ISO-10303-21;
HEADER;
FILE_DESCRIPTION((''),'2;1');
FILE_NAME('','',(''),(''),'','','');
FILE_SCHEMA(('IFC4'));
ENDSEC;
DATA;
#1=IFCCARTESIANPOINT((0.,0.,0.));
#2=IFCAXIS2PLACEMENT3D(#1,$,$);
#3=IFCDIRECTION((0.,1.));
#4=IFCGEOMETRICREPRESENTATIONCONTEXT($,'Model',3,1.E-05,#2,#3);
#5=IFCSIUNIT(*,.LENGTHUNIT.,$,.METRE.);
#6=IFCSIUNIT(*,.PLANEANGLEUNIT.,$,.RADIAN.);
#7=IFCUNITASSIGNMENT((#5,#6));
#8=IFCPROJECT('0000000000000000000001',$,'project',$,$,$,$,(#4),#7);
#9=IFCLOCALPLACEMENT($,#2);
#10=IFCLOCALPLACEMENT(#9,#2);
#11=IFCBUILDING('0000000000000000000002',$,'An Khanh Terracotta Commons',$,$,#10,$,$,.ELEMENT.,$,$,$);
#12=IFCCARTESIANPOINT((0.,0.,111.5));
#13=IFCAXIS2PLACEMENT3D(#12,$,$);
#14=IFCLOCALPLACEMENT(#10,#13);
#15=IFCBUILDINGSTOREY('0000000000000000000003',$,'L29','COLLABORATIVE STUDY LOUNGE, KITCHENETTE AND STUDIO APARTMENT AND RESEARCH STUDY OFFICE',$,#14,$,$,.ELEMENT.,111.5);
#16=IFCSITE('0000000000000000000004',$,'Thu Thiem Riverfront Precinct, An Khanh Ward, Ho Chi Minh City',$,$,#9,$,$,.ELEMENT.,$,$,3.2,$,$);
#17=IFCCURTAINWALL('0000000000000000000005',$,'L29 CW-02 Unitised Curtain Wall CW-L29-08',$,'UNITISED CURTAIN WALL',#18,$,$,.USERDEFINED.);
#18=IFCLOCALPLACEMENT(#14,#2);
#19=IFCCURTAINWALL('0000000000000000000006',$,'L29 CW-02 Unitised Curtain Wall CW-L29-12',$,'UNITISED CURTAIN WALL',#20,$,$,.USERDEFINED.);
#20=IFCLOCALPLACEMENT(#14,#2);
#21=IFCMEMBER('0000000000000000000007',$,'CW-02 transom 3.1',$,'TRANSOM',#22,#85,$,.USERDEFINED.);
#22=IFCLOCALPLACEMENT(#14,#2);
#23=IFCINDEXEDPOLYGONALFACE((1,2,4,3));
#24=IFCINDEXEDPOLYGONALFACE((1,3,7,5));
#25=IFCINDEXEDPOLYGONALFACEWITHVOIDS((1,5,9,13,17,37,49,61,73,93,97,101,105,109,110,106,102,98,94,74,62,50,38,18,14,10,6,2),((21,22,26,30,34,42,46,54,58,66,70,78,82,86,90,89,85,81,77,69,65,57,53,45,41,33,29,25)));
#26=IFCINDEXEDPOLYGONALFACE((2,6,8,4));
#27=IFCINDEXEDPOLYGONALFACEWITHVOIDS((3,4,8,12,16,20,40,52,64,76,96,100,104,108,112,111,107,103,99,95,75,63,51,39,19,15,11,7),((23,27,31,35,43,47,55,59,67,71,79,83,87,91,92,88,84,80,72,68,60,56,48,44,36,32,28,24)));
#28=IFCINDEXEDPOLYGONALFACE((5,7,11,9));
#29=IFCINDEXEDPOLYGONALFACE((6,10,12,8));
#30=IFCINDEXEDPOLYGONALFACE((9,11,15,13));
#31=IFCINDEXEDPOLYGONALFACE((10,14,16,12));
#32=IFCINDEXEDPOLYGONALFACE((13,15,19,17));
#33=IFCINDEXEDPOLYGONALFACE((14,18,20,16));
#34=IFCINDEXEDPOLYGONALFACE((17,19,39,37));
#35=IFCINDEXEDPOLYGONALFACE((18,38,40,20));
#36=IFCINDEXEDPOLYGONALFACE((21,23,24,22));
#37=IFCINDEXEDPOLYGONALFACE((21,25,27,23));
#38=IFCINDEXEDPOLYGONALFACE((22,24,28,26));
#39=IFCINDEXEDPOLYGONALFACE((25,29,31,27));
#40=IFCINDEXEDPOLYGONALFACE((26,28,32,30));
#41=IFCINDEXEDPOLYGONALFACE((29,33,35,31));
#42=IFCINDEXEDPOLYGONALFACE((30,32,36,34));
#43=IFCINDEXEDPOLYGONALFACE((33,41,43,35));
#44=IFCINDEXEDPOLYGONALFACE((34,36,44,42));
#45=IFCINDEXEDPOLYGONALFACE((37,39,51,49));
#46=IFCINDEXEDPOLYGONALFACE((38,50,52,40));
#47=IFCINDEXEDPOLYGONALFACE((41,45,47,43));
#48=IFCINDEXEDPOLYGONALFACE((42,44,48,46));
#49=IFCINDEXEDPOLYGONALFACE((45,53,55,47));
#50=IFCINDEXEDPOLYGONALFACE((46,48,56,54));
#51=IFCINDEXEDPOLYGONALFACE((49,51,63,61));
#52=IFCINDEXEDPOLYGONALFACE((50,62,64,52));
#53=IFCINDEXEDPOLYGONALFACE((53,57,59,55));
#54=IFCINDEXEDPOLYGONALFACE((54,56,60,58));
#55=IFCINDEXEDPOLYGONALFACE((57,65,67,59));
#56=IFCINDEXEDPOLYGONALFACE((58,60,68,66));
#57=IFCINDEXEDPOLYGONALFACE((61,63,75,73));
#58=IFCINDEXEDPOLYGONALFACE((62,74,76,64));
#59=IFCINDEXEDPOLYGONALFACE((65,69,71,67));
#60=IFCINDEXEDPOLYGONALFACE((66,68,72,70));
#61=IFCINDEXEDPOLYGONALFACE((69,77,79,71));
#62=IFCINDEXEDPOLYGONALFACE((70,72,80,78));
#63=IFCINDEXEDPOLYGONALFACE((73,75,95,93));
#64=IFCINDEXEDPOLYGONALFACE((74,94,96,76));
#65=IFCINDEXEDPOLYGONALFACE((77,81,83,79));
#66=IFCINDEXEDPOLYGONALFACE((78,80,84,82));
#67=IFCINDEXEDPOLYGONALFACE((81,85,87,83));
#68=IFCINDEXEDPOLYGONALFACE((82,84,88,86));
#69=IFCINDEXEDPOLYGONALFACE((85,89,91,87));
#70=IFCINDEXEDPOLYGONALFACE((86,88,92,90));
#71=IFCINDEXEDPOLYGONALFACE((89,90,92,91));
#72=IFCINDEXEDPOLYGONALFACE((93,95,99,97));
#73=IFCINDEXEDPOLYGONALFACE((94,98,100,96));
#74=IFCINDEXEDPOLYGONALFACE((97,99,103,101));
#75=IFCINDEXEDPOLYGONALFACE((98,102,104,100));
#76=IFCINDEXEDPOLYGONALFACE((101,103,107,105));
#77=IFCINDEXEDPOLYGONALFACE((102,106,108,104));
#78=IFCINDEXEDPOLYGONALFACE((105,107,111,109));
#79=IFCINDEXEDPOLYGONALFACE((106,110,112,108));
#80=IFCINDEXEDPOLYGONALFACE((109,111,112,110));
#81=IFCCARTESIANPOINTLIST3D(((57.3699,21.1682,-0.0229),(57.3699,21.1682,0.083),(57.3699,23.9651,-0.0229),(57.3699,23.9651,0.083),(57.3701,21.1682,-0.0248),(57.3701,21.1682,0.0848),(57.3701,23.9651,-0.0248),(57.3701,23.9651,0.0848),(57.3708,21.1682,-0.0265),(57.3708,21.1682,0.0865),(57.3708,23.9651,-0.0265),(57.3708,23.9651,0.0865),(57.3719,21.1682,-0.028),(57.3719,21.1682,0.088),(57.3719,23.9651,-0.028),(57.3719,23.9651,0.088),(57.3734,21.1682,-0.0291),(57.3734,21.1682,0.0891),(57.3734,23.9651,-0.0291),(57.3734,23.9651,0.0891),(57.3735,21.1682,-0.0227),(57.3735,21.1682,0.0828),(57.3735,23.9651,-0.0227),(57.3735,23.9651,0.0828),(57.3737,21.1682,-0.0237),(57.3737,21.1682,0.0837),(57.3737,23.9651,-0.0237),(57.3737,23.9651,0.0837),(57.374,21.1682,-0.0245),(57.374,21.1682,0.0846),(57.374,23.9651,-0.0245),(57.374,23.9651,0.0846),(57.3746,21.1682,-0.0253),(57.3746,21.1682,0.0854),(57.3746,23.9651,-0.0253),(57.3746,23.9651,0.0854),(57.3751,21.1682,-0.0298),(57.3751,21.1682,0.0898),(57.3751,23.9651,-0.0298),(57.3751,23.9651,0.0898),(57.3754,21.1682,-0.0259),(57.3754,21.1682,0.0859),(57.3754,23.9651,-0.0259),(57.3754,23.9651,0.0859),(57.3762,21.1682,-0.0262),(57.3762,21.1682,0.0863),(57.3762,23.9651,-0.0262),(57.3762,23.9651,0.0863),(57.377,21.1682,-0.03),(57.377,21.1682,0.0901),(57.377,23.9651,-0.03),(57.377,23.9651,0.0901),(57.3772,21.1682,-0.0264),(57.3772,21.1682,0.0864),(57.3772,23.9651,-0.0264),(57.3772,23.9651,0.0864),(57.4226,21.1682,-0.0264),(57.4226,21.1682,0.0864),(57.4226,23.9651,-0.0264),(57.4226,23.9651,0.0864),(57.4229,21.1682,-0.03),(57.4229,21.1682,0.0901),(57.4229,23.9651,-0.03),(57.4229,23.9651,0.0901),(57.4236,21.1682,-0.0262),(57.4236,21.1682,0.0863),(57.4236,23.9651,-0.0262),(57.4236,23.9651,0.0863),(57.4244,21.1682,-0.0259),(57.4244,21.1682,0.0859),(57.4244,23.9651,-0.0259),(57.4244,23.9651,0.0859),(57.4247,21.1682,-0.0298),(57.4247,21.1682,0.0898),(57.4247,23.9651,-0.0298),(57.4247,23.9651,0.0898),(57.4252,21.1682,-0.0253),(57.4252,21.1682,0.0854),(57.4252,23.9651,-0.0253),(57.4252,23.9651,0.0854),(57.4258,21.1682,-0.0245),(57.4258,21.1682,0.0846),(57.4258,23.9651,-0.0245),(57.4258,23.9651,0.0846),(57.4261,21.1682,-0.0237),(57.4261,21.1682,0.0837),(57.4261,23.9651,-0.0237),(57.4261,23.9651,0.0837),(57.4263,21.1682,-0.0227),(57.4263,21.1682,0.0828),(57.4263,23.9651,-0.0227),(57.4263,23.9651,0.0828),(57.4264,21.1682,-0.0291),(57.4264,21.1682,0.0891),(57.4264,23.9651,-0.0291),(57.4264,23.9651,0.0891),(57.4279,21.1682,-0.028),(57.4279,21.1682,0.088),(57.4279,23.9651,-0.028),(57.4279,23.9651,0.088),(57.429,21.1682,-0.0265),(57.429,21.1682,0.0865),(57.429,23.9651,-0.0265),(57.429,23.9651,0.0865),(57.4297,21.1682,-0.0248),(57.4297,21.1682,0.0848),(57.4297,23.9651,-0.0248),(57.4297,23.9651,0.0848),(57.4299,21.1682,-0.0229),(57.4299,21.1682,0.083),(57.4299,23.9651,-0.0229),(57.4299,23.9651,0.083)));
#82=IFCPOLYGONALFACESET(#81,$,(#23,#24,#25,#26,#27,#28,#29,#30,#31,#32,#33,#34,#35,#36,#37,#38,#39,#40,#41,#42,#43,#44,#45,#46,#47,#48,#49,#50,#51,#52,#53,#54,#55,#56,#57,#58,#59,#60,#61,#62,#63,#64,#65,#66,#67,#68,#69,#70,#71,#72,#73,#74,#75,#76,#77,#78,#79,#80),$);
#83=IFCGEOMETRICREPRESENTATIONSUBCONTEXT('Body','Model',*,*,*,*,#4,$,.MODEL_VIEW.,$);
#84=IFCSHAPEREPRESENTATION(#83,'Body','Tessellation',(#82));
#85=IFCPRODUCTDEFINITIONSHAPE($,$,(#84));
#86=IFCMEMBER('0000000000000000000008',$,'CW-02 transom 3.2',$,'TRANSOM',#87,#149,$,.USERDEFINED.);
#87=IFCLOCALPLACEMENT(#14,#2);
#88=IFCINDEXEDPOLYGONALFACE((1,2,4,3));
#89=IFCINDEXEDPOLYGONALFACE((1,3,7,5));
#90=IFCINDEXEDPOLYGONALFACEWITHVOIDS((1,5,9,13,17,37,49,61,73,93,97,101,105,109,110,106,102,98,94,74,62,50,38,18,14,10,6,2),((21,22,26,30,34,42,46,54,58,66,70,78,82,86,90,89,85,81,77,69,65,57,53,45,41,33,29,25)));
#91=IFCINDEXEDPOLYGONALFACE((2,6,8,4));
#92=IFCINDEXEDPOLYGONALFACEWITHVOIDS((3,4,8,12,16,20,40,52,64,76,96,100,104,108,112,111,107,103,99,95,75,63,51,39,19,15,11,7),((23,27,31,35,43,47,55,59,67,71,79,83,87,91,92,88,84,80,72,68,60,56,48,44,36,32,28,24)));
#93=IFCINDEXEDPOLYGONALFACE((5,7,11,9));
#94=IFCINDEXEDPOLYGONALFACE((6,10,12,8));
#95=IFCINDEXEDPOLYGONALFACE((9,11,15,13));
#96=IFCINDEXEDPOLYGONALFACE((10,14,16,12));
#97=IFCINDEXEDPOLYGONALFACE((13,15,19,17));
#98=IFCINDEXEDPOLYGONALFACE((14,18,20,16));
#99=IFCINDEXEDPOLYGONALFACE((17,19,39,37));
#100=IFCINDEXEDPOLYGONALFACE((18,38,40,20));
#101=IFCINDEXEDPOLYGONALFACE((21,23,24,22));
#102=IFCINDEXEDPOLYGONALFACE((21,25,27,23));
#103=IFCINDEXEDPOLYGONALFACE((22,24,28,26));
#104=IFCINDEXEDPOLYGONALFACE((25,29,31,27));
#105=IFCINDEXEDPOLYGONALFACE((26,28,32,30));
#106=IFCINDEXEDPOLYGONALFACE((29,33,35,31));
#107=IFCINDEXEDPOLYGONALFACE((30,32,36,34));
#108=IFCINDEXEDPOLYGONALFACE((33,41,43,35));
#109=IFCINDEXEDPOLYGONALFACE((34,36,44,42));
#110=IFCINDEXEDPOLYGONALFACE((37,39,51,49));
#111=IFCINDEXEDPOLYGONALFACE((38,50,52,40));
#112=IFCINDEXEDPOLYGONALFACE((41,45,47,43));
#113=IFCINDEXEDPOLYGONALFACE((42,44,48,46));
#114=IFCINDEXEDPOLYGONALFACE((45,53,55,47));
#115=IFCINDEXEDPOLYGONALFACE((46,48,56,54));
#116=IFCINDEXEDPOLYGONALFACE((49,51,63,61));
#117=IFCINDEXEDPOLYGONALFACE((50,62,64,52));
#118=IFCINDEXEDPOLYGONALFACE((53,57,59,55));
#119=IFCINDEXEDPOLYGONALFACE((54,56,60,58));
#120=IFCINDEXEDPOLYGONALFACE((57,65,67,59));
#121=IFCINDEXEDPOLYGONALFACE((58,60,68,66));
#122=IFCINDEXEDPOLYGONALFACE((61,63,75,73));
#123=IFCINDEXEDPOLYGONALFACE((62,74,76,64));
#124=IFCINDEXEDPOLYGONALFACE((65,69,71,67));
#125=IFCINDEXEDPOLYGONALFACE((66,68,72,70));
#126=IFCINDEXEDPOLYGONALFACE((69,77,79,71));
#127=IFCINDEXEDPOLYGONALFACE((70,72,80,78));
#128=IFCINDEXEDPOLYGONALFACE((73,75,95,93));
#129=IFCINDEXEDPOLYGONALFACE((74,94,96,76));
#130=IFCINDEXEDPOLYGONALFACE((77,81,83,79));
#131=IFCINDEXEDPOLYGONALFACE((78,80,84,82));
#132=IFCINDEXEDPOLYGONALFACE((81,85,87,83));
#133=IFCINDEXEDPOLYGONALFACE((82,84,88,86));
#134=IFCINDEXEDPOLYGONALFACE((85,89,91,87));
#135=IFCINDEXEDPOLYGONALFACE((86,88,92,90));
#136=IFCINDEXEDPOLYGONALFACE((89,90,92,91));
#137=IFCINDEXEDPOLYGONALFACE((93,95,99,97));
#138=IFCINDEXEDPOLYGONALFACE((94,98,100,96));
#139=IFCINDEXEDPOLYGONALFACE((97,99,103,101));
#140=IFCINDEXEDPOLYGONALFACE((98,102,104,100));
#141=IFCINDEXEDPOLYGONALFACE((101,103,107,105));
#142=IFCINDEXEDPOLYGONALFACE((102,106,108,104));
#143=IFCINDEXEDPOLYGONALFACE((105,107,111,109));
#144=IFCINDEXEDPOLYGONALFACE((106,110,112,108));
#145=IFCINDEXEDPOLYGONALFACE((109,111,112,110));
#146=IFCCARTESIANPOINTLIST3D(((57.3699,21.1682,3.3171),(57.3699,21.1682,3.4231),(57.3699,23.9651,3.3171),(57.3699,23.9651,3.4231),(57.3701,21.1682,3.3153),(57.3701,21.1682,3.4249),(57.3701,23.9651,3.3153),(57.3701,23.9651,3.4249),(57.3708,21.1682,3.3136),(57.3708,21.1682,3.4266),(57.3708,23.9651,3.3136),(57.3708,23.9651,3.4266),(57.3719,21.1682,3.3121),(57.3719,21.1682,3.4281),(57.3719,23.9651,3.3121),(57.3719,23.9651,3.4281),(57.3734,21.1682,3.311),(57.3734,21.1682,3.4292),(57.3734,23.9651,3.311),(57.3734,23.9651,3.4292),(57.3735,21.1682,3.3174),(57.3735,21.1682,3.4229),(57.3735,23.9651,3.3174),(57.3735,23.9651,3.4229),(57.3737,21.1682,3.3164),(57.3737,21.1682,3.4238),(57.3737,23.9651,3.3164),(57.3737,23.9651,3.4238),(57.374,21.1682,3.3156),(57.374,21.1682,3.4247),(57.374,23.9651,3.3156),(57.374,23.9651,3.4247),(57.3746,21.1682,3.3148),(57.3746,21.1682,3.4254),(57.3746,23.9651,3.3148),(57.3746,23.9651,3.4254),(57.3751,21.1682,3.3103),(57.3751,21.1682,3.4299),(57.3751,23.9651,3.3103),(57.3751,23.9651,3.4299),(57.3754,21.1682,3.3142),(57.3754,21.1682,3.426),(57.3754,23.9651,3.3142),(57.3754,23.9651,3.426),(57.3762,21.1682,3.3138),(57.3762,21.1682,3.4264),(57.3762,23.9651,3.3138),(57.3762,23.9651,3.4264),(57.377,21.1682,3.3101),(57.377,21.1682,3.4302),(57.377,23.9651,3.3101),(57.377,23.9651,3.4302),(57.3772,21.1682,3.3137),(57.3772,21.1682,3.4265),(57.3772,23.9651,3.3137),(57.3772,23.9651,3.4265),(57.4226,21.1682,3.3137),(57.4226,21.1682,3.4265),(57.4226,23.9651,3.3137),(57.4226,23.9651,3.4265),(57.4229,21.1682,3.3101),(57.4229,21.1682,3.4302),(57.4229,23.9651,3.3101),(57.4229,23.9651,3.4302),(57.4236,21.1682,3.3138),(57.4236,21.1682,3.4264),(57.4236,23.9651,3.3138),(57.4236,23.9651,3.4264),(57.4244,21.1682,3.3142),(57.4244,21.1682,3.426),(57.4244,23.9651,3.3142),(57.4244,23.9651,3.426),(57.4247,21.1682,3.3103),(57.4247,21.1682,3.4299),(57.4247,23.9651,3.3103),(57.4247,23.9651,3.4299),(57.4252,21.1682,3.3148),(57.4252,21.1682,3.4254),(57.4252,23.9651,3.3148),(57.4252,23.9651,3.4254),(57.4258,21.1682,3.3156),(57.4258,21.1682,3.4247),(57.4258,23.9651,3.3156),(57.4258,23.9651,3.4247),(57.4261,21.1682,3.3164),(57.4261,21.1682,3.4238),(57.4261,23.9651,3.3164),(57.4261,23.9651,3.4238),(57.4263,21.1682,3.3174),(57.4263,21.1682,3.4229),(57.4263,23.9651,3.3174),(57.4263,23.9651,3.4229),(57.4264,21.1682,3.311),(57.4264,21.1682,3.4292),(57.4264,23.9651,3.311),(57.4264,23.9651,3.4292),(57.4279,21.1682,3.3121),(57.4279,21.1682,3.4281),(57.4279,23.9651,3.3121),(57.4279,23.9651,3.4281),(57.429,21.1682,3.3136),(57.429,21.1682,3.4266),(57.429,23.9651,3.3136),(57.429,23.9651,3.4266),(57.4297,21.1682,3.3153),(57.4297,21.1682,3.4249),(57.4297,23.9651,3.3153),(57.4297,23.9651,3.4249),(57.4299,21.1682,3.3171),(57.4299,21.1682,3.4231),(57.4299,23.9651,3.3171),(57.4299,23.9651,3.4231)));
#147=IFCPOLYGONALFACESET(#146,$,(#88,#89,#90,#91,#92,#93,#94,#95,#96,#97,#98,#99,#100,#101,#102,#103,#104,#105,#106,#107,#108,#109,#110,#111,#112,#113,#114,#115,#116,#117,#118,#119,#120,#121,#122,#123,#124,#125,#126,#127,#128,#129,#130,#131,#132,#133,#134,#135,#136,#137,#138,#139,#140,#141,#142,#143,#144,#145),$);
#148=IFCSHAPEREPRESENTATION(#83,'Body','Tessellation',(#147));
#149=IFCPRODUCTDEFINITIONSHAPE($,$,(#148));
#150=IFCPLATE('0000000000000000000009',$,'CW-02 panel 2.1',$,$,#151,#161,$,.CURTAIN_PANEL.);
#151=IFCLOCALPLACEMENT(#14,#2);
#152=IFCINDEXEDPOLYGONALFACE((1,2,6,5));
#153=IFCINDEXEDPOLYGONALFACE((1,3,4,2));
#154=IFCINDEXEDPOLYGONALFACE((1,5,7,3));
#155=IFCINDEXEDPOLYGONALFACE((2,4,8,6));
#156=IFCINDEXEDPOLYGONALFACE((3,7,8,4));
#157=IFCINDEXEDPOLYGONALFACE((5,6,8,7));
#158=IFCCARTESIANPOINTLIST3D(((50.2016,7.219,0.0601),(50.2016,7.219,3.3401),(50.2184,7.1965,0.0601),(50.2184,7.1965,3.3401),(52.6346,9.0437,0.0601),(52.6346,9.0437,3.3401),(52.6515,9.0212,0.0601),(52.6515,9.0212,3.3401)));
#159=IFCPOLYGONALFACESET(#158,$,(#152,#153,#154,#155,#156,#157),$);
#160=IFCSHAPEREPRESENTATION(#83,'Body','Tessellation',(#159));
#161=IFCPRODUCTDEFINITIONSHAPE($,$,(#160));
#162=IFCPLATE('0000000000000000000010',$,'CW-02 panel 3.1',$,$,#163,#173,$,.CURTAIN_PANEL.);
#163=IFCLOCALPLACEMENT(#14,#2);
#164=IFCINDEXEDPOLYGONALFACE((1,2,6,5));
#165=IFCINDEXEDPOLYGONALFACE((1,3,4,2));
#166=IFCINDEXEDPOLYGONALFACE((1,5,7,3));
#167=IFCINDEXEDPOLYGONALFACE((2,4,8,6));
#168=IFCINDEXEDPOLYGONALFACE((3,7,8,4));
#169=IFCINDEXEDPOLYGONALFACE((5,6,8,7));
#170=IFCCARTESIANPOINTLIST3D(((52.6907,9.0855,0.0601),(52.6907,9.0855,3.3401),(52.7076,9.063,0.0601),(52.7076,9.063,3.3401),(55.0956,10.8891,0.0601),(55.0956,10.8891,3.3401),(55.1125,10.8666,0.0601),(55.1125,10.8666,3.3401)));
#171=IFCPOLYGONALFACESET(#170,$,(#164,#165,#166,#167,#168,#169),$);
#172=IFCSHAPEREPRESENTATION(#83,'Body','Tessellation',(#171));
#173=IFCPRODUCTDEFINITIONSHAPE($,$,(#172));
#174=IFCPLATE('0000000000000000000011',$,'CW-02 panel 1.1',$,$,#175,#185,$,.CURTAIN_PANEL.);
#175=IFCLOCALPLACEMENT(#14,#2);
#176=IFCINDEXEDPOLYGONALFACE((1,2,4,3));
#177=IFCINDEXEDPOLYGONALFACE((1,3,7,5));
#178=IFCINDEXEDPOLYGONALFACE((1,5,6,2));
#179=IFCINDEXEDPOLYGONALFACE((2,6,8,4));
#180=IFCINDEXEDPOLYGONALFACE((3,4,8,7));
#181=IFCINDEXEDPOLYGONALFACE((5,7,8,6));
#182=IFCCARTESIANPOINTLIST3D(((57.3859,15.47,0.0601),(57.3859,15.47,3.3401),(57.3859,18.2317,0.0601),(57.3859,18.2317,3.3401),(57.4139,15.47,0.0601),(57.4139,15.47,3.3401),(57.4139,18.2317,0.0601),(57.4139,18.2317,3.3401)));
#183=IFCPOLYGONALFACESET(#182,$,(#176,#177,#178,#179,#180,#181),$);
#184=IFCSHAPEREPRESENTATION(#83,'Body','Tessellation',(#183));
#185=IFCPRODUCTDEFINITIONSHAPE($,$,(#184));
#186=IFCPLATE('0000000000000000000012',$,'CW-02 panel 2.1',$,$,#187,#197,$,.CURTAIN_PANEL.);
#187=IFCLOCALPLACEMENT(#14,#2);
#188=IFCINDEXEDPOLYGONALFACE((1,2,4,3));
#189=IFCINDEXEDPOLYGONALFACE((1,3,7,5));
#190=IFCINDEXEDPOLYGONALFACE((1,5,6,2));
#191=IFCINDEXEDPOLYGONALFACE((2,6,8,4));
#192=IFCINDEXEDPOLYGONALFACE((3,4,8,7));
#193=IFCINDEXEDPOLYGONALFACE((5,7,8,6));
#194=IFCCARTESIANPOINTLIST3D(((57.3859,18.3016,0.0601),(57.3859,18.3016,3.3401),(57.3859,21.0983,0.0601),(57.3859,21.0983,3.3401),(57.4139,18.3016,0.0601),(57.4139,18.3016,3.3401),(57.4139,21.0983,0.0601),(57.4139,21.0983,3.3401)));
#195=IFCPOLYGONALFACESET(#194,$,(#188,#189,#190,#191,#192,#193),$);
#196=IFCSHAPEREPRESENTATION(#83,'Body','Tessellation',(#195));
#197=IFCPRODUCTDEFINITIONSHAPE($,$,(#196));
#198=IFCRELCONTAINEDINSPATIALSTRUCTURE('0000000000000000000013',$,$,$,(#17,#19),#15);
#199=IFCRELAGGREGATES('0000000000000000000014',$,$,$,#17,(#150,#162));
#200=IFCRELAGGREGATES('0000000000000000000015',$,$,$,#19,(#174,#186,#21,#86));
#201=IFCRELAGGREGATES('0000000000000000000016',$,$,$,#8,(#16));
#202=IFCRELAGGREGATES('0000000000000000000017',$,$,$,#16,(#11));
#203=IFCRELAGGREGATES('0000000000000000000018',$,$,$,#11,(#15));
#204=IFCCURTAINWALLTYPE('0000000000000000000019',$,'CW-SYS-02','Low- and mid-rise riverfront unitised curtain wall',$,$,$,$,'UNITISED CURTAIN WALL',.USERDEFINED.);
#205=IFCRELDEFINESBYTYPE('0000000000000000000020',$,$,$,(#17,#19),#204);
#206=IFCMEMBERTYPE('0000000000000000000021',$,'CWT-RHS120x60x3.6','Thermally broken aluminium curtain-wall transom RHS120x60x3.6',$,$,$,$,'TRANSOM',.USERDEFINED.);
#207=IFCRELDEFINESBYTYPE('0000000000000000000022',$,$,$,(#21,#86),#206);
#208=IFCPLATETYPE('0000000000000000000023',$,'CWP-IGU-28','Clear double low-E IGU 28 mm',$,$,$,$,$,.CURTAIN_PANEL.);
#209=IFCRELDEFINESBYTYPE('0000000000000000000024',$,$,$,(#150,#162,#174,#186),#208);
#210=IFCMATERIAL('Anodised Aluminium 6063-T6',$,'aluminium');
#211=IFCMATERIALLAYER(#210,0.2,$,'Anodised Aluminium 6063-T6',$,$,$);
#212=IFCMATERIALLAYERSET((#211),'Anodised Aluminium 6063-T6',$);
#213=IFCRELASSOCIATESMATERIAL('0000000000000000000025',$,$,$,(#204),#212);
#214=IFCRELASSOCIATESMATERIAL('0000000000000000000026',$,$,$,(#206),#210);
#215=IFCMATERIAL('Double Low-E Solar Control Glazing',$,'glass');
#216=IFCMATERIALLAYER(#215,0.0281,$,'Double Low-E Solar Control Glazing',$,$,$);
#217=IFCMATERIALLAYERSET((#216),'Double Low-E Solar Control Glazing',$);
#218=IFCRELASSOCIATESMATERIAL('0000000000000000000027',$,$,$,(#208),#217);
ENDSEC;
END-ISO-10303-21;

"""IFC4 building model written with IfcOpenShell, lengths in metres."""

from ifc_helpers import new_model, si_unit, direction, frame, origin, origin_2d, place, context, subcontext, project, spatial, rectangle, hollow_rectangle, extrude, material, layer, layer_set, material_profile, profile_set, type_object, element, aggregate, save


model = new_model("IFC4")

# Units and contexts
model_context = context("Model", 3, precision=1e-05, world=origin(), true_north=direction((0.0, 1.0)))
body_context = subcontext(model_context, "Body", "Model", "MODEL_VIEW")
ifc_project = project(units=[si_unit("LENGTHUNIT", "METRE"), si_unit("PLANEANGLEUNIT", "RADIAN")], contexts=[model_context])

# Site, building, storey
site_placement = place(None, origin())
site = spatial("IfcSite", under=ifc_project, at=site_placement, Name="Thu Thiem Riverfront Precinct, An Khanh Ward, Ho Chi Minh City", CompositionType="ELEMENT", RefElevation=3.2)
building_placement = place(site_placement, origin())
building = spatial("IfcBuilding", under=site, at=building_placement, Name="An Khanh Terracotta Commons", CompositionType="ELEMENT")
storey_placement = place(building_placement, frame((0.0, 0.0, 111.5)))
storey = spatial("IfcBuildingStorey", under=building, at=storey_placement, Name="L29", Description="COLLABORATIVE STUDY LOUNGE, KITCHENETTE AND STUDIO APARTMENT AND RESEARCH STUDY OFFICE", CompositionType="ELEMENT", Elevation=111.5)

# Curtain walls
ifc_material_1 = material(Name="Anodised Aluminium 6063-T6", Category="aluminium")
ifc_layer_1 = layer(ifc_material_1, 0.2, Name="Anodised Aluminium 6063-T6")
ifc_layer_set_1 = layer_set([ifc_layer_1], Name="Anodised Aluminium 6063-T6")
curtain_wall_type = type_object("IfcCurtainWallType", Name="CW-SYS-02", Description="Low- and mid-rise riverfront unitised curtain wall", ElementType="UNITISED CURTAIN WALL", PredefinedType="USERDEFINED", material=ifc_layer_set_1)
curtain_wall_1_placement = place(storey_placement, origin())
curtain_wall_1 = element("IfcCurtainWall", 1, at=curtain_wall_1_placement, inside=storey, type_object=curtain_wall_type, Name="L29 CW-02 Unitised Curtain Wall CW-L29-08", ObjectType="UNITISED CURTAIN WALL", PredefinedType="USERDEFINED")
curtain_wall_2_placement = place(storey_placement, origin())
curtain_wall_2 = element("IfcCurtainWall", 2, at=curtain_wall_2_placement, inside=storey, type_object=curtain_wall_type, Name="L29 CW-02 Unitised Curtain Wall CW-L29-12", ObjectType="UNITISED CURTAIN WALL", PredefinedType="USERDEFINED")

# Members
ifc_material_profile_1 = material_profile(ifc_material_1, hollow_rectangle(XDim=0.0601, YDim=0.1201, WallThickness=0.0037, InnerFilletRadius=0.0037, OuterFilletRadius=0.0071, at=origin_2d()), Name="RHS120x60x3.6")
ifc_profile_set_1 = profile_set([ifc_material_profile_1], Name="Anodised Aluminium 6063-T6")
member_type_1 = type_object("IfcMemberType", Name="CWT-RHS120x60x3.6", Description="Thermally broken aluminium curtain-wall transom RHS120x60x3.6", ElementType="TRANSOM", PredefinedType="USERDEFINED", material=ifc_profile_set_1)
member_1_placement = place(storey_placement, frame((57.3999, 21.1682, 0.03), z_axis=(0.0, 1.0, 0.0), x_axis=(-1.0, 0.0, 0.0)))
member_1 = element("IfcMember", 3, at=member_1_placement, type_object=member_type_1, Name="CW-02 transom 3.1", ObjectType="TRANSOM", PredefinedType="USERDEFINED", context=body_context, shape_type="SweptSolid", body=[
    extrude(hollow_rectangle(XDim=0.0601, YDim=0.1201, WallThickness=0.0037, InnerFilletRadius=0.0037, OuterFilletRadius=0.0071, at=origin_2d()), origin(), (0.0, 0.0, 1.0), 2.7969),
])
member_2_placement = place(storey_placement, frame((57.3999, 21.1682, 3.3701), z_axis=(0.0, 1.0, 0.0), x_axis=(-1.0, 0.0, 0.0)))
member_2 = element("IfcMember", 4, at=member_2_placement, type_object=member_type_1, Name="CW-02 transom 3.2", ObjectType="TRANSOM", PredefinedType="USERDEFINED", context=body_context, shape_type="SweptSolid", body=[
    extrude(hollow_rectangle(XDim=0.0601, YDim=0.1201, WallThickness=0.0037, InnerFilletRadius=0.0037, OuterFilletRadius=0.0071, at=origin_2d()), origin(), (0.0, 0.0, 1.0), 2.7969),
])

# Plates
ifc_material_2 = material(Name="Double Low-E Solar Control Glazing", Category="glass")
ifc_layer_2 = layer(ifc_material_2, 0.0281, Name="Double Low-E Solar Control Glazing")
ifc_layer_set_2 = layer_set([ifc_layer_2], Name="Double Low-E Solar Control Glazing")
plate_type = type_object("IfcPlateType", Name="CWP-IGU-28", Description="Clear double low-E IGU 28 mm", PredefinedType="CURTAIN_PANEL", material=ifc_layer_set_2)
plate_1_placement = place(storey_placement, frame((51.4265, 8.1201, 0.0601), z_axis=(0.0, 0.0, 1.0), x_axis=(0.800013, 0.599983, 0.0)))
plate_1 = element("IfcPlate", 5, at=plate_1_placement, type_object=plate_type, Name="CW-02 panel 2.1", PredefinedType="CURTAIN_PANEL", context=body_context, shape_type="SweptSolid", body=[
    extrude(rectangle(XDim=3.0413, YDim=0.0281, at=origin_2d()), origin(), (0.0, 0.0, 1.0), 3.28),
])
plate_2_placement = place(storey_placement, frame((53.9016, 9.9761, 0.0601), z_axis=(0.0, 0.0, 1.0), x_axis=(0.800013, 0.599983, 0.0)))
plate_2 = element("IfcPlate", 6, at=plate_2_placement, type_object=plate_type, Name="CW-02 panel 3.1", PredefinedType="CURTAIN_PANEL", context=body_context, shape_type="SweptSolid", body=[
    extrude(rectangle(XDim=3.0061, YDim=0.0281, at=origin_2d()), origin(), (0.0, 0.0, 1.0), 3.28),
])
aggregate(curtain_wall_1, [plate_1, plate_2])
plate_3_placement = place(storey_placement, frame((57.3999, 16.8508, 0.0601), z_axis=(0.0, 0.0, 1.0), x_axis=(0.0, 1.0, 0.0)))
plate_3 = element("IfcPlate", 7, at=plate_3_placement, type_object=plate_type, Name="CW-02 panel 1.1", PredefinedType="CURTAIN_PANEL", context=body_context, shape_type="SweptSolid", body=[
    extrude(rectangle(XDim=2.7617, YDim=0.0281, at=origin_2d()), origin(), (0.0, 0.0, 1.0), 3.28),
])
plate_4_placement = place(storey_placement, frame((57.3999, 19.7, 0.0601), z_axis=(0.0, 0.0, 1.0), x_axis=(0.0, 1.0, 0.0)))
plate_4 = element("IfcPlate", 8, at=plate_4_placement, type_object=plate_type, Name="CW-02 panel 2.1", PredefinedType="CURTAIN_PANEL", context=body_context, shape_type="SweptSolid", body=[
    extrude(rectangle(XDim=2.7966, YDim=0.0281, at=origin_2d()), origin(), (0.0, 0.0, 1.0), 3.28),
])
aggregate(curtain_wall_2, [plate_3, plate_4, member_1, member_2])

save(model, "model.ifc")
